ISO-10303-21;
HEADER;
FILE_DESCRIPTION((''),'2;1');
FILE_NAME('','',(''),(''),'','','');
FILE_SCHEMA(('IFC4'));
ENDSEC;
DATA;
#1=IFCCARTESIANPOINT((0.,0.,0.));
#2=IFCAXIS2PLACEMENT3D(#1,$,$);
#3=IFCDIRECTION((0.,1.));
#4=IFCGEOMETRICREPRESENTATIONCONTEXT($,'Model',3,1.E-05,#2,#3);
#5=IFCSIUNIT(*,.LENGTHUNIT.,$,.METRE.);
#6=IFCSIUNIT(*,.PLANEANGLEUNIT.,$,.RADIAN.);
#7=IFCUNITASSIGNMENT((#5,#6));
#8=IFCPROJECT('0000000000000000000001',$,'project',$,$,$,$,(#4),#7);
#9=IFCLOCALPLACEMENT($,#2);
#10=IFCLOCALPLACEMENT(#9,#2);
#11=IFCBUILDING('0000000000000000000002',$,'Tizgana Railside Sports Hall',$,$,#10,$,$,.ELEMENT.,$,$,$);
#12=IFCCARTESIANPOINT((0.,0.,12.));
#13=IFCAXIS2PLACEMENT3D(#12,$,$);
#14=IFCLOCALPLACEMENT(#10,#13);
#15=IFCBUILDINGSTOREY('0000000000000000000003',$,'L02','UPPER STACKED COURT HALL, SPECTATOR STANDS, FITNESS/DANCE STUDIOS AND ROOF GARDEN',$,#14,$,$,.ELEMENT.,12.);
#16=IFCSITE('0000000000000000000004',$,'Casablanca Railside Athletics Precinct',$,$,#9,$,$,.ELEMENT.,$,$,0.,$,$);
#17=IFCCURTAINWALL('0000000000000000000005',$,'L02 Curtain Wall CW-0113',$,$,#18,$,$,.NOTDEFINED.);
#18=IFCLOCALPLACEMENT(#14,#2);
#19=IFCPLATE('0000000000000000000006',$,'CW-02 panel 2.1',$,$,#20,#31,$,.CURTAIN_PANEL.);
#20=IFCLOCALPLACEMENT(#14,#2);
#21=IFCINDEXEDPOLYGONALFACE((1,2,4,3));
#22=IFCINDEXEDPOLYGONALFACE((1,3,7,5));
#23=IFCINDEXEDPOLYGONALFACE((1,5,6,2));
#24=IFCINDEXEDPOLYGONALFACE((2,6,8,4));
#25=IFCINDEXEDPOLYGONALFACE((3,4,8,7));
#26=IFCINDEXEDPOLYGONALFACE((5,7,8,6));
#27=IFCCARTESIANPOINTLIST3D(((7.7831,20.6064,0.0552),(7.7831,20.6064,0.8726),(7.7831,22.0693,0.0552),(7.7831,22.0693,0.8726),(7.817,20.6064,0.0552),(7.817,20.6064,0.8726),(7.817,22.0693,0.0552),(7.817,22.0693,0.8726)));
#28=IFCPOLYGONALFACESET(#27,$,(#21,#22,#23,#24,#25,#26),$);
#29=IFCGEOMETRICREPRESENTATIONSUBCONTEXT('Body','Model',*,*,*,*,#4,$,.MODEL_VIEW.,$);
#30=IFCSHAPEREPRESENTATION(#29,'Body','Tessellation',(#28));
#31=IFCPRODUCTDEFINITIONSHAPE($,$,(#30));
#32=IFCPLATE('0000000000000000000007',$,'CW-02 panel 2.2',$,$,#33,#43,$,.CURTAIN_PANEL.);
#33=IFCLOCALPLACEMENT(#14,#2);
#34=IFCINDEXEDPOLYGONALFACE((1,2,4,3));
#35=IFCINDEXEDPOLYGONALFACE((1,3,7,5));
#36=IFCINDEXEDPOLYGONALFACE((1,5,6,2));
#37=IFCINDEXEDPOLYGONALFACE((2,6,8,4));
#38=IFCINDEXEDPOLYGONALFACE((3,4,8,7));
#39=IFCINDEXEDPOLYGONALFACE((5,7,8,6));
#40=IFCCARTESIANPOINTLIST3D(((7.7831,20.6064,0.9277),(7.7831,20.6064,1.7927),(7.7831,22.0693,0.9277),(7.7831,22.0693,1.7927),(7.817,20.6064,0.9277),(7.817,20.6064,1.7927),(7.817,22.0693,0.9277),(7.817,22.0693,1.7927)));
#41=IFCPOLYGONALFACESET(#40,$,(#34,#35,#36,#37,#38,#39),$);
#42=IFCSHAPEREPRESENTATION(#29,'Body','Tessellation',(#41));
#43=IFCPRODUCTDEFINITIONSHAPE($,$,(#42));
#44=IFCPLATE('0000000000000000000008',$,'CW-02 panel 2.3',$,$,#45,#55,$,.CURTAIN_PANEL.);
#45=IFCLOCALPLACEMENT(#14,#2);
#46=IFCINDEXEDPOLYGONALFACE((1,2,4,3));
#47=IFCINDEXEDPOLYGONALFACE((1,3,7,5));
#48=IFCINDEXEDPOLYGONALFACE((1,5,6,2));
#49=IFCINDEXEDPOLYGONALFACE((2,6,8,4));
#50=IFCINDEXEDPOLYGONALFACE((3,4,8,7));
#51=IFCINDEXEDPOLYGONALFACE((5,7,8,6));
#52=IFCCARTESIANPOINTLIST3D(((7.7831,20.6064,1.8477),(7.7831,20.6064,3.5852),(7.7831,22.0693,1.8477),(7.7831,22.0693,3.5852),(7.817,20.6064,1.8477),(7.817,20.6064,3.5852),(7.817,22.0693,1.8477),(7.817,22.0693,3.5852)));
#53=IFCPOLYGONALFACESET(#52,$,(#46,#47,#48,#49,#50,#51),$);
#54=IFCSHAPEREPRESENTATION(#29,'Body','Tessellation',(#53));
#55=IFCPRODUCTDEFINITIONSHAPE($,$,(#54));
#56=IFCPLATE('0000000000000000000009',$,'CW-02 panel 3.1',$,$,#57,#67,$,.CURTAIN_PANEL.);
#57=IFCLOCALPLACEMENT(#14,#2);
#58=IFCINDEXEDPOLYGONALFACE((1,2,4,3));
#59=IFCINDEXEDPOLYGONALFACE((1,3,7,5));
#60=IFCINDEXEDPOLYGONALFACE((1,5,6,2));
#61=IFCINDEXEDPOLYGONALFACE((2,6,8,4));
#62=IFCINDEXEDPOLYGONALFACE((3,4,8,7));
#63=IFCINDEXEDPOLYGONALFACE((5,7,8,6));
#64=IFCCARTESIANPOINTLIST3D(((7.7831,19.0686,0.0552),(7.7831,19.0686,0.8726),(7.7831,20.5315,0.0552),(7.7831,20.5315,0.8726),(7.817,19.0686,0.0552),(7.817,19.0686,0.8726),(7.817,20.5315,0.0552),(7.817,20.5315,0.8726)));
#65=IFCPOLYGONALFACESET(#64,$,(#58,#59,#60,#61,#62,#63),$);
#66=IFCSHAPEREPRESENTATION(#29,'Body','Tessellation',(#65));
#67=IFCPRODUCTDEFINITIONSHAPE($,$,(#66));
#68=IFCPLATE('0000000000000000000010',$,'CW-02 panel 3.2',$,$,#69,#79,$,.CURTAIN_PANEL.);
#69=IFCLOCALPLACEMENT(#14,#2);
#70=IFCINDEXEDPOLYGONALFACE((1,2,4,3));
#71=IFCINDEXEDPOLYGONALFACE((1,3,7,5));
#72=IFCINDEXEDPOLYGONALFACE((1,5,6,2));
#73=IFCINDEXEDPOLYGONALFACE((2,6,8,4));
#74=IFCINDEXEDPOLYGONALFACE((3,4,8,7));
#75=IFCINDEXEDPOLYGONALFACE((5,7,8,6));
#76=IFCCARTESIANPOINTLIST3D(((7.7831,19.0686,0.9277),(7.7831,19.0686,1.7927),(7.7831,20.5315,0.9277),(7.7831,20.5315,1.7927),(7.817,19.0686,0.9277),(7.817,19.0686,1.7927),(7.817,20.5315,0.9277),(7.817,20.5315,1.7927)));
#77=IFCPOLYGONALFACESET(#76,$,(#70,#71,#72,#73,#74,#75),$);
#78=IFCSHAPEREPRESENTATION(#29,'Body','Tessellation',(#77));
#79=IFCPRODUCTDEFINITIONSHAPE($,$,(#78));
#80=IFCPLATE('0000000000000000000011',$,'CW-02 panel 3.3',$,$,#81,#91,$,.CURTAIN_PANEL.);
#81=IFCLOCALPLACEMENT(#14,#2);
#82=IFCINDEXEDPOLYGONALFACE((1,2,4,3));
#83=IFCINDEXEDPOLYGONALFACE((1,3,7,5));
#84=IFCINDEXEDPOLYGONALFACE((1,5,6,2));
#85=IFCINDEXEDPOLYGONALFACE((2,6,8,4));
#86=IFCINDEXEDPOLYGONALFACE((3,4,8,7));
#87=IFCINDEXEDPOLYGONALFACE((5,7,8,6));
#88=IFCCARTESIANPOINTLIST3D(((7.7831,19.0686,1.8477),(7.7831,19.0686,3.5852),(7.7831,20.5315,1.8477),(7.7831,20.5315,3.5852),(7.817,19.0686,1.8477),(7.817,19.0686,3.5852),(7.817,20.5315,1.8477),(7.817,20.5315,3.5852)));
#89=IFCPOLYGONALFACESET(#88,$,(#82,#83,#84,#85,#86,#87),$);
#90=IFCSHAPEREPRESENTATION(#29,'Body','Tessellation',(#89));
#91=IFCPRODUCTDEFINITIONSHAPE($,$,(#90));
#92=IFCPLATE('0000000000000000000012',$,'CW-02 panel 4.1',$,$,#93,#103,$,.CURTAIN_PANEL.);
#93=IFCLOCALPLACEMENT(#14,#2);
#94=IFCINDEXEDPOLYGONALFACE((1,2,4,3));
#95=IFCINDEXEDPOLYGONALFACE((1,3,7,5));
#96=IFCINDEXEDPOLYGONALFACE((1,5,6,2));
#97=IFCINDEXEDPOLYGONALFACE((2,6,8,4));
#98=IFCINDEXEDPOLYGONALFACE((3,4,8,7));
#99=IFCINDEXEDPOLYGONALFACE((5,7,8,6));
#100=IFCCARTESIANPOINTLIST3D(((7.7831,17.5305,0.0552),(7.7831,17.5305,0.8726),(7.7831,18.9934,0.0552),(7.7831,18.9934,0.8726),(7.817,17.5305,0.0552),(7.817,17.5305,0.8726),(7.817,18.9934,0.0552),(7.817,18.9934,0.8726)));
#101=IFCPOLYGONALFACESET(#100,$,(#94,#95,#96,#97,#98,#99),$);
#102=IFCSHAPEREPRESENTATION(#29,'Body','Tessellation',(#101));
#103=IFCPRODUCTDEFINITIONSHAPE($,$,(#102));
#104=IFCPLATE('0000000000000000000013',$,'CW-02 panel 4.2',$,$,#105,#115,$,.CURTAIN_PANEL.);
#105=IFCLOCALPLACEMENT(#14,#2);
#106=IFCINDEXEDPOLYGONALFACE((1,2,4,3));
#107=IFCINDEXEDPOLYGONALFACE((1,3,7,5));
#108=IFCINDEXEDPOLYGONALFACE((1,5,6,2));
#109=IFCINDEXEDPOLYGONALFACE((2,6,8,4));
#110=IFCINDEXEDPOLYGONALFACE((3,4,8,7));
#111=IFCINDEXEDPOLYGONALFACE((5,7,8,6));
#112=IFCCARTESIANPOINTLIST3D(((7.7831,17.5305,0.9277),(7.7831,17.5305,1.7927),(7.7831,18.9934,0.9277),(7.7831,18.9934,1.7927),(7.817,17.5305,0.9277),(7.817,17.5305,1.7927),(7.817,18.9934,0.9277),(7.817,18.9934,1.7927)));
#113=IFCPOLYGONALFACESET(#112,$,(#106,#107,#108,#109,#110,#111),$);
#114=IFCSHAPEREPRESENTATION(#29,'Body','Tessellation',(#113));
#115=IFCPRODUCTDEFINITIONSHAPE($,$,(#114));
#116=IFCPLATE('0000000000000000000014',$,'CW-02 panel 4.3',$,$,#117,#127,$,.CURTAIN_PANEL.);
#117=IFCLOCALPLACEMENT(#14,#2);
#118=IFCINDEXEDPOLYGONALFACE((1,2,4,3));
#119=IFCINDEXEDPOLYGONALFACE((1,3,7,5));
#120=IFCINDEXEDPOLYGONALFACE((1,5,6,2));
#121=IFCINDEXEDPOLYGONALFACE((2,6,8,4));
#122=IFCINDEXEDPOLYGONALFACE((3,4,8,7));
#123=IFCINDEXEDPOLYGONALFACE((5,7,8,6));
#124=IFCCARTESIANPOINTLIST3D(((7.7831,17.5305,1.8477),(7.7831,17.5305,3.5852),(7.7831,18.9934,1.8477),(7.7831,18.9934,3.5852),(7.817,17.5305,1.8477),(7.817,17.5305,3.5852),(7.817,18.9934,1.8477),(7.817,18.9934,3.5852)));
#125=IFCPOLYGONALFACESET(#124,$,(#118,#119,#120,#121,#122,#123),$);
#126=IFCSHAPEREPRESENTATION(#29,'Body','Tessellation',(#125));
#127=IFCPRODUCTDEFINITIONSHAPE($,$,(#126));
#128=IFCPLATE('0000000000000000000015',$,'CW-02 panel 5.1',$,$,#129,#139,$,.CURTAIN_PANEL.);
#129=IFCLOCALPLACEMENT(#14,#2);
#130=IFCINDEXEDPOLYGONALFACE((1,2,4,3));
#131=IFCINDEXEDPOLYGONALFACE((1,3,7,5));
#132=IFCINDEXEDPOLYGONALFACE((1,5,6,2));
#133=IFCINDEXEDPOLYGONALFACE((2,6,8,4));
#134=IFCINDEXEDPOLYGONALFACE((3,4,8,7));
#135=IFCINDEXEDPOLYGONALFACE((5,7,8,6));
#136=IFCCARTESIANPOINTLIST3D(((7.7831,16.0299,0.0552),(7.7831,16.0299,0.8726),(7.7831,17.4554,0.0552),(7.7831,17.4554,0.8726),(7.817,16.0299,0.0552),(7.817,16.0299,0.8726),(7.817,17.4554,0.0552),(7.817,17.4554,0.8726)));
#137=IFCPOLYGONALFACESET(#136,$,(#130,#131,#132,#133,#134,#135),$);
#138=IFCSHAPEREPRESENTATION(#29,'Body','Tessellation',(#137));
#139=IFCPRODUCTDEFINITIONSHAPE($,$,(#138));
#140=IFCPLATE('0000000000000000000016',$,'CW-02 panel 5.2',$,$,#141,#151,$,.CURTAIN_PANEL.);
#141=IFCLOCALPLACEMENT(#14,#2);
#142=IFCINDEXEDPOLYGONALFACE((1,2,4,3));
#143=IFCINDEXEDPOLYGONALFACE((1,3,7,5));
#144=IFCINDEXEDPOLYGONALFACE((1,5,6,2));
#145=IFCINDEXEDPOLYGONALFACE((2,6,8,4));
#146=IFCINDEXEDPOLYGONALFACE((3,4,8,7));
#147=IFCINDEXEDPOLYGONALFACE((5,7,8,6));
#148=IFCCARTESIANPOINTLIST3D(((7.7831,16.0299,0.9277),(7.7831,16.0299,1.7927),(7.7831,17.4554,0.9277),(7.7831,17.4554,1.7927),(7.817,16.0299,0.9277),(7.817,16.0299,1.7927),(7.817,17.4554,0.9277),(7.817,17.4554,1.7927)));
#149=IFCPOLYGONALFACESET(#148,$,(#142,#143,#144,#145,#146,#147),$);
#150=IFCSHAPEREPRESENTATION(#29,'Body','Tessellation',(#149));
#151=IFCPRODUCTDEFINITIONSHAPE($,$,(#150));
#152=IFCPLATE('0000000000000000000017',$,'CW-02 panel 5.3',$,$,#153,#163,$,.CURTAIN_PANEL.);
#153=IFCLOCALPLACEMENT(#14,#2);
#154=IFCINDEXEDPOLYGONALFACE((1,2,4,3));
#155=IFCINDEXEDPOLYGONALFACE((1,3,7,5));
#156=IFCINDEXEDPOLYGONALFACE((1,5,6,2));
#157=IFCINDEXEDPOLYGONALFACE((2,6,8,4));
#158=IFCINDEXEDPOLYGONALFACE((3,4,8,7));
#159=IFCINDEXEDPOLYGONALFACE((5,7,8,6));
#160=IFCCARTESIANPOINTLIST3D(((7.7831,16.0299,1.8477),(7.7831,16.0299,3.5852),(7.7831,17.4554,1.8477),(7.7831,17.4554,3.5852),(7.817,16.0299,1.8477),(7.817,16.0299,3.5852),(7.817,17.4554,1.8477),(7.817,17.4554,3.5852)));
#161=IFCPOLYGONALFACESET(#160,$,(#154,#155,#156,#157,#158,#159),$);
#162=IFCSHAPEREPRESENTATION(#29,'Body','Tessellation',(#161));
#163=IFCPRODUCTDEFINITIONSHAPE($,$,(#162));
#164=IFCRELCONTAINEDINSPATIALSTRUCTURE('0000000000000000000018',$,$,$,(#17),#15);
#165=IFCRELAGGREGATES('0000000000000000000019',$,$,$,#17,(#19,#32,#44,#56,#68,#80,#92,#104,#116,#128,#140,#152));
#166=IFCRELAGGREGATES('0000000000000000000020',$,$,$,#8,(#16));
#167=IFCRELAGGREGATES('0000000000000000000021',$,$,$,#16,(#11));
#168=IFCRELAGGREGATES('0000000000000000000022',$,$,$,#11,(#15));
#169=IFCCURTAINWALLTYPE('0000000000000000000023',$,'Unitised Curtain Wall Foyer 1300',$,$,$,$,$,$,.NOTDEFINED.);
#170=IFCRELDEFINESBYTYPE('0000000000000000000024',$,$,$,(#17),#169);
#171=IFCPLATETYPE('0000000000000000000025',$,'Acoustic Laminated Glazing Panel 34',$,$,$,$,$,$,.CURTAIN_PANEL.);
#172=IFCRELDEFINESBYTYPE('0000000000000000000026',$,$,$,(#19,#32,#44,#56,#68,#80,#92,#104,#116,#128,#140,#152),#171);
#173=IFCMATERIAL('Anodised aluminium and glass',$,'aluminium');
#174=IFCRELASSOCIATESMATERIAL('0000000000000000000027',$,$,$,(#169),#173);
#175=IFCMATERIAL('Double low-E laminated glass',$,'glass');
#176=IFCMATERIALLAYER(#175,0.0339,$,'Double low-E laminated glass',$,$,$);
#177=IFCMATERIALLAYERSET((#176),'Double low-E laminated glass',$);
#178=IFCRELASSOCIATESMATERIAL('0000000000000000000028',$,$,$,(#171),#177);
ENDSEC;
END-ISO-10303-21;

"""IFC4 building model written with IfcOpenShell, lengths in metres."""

from ifc_helpers import new_model, si_unit, direction, frame, origin, origin_2d, place, context, subcontext, project, spatial, rectangle, extrude, material, layer, layer_set, type_object, element, aggregate, save


model = new_model("IFC4")

# Units and contexts
model_context = context("Model", 3, precision=1e-05, world=origin(), true_north=direction((0.0, 1.0)))
body_context = subcontext(model_context, "Body", "Model", "MODEL_VIEW")
ifc_project = project(units=[si_unit("LENGTHUNIT", "METRE"), si_unit("PLANEANGLEUNIT", "RADIAN")], contexts=[model_context])

# Site, building, storey
site_placement = place(None, origin())
site = spatial("IfcSite", under=ifc_project, at=site_placement, Name="Casablanca Railside Athletics Precinct", CompositionType="ELEMENT", RefElevation=0.0)
building_placement = place(site_placement, origin())
building = spatial("IfcBuilding", under=site, at=building_placement, Name="Tizgana Railside Sports Hall", CompositionType="ELEMENT")
storey_placement = place(building_placement, frame((0.0, 0.0, 12.0)))
storey = spatial("IfcBuildingStorey", under=building, at=storey_placement, Name="L02", Description="UPPER STACKED COURT HALL, SPECTATOR STANDS, FITNESS/DANCE STUDIOS AND ROOF GARDEN", CompositionType="ELEMENT", Elevation=12.0)

# Curtain wall
ifc_material_1 = material(Name="Anodised aluminium and glass", Category="aluminium")
curtain_wall_type = type_object("IfcCurtainWallType", Name="Unitised Curtain Wall Foyer 1300", PredefinedType="NOTDEFINED", material=ifc_material_1)
curtain_wall_placement = place(storey_placement, origin())
curtain_wall = element("IfcCurtainWall", 1, at=curtain_wall_placement, inside=storey, type_object=curtain_wall_type, Name="L02 Curtain Wall CW-0113", PredefinedType="NOTDEFINED")

# Plates
ifc_material_2 = material(Name="Double low-E laminated glass", Category="glass")
ifc_layer = layer(ifc_material_2, 0.0339, Name="Double low-E laminated glass")
ifc_layer_set = layer_set([ifc_layer], Name="Double low-E laminated glass")
plate_type = type_object("IfcPlateType", Name="Acoustic Laminated Glazing Panel 34", PredefinedType="CURTAIN_PANEL", material=ifc_layer_set)
plate_1_placement = place(storey_placement, frame((7.8, 21.3379, 0.0552), z_axis=(0.0, 0.0, 1.0), x_axis=(0.0, -1.0, 0.0)))
plate_1 = element("IfcPlate", 2, at=plate_1_placement, type_object=plate_type, Name="CW-02 panel 2.1", PredefinedType="CURTAIN_PANEL", context=body_context, shape_type="SweptSolid", body=[
    extrude(rectangle(XDim=1.4629, YDim=0.0339, at=origin_2d()), origin(), (0.0, 0.0, 1.0), 0.8174),
])
plate_2_placement = place(storey_placement, frame((7.8, 21.3379, 0.9277), z_axis=(0.0, 0.0, 1.0), x_axis=(0.0, -1.0, 0.0)))
plate_2 = element("IfcPlate", 3, at=plate_2_placement, type_object=plate_type, Name="CW-02 panel 2.2", PredefinedType="CURTAIN_PANEL", context=body_context, shape_type="SweptSolid", body=[
    extrude(rectangle(XDim=1.4629, YDim=0.0339, at=origin_2d()), origin(), (0.0, 0.0, 1.0), 0.865),
])
plate_3_placement = place(storey_placement, frame((7.8, 21.3379, 1.8477), z_axis=(0.0, 0.0, 1.0), x_axis=(0.0, -1.0, 0.0)))
plate_3 = element("IfcPlate", 4, at=plate_3_placement, type_object=plate_type, Name="CW-02 panel 2.3", PredefinedType="CURTAIN_PANEL", context=body_context, shape_type="SweptSolid", body=[
    extrude(rectangle(XDim=1.4629, YDim=0.0339, at=origin_2d()), origin(), (0.0, 0.0, 1.0), 1.7375),
])
plate_4_placement = place(storey_placement, frame((7.8, 19.8, 0.0552), z_axis=(0.0, 0.0, 1.0), x_axis=(0.0, -1.0, 0.0)))
plate_4 = element("IfcPlate", 5, at=plate_4_placement, type_object=plate_type, Name="CW-02 panel 3.1", PredefinedType="CURTAIN_PANEL", context=body_context, shape_type="SweptSolid", body=[
    extrude(rectangle(XDim=1.4629, YDim=0.0339, at=origin_2d()), origin(), (0.0, 0.0, 1.0), 0.8174),
])
plate_5_placement = place(storey_placement, frame((7.8, 19.8, 0.9277), z_axis=(0.0, 0.0, 1.0), x_axis=(0.0, -1.0, 0.0)))
plate_5 = element("IfcPlate", 6, at=plate_5_placement, type_object=plate_type, Name="CW-02 panel 3.2", PredefinedType="CURTAIN_PANEL", context=body_context, shape_type="SweptSolid", body=[
    extrude(rectangle(XDim=1.4629, YDim=0.0339, at=origin_2d()), origin(), (0.0, 0.0, 1.0), 0.865),
])
plate_6_placement = place(storey_placement, frame((7.8, 19.8, 1.8477), z_axis=(0.0, 0.0, 1.0), x_axis=(0.0, -1.0, 0.0)))
plate_6 = element("IfcPlate", 7, at=plate_6_placement, type_object=plate_type, Name="CW-02 panel 3.3", PredefinedType="CURTAIN_PANEL", context=body_context, shape_type="SweptSolid", body=[
    extrude(rectangle(XDim=1.4629, YDim=0.0339, at=origin_2d()), origin(), (0.0, 0.0, 1.0), 1.7375),
])
plate_7_placement = place(storey_placement, frame((7.8, 18.262, 0.0552), z_axis=(0.0, 0.0, 1.0), x_axis=(0.0, -1.0, 0.0)))
plate_7 = element("IfcPlate", 8, at=plate_7_placement, type_object=plate_type, Name="CW-02 panel 4.1", PredefinedType="CURTAIN_PANEL", context=body_context, shape_type="SweptSolid", body=[
    extrude(rectangle(XDim=1.4629, YDim=0.0339, at=origin_2d()), origin(), (0.0, 0.0, 1.0), 0.8174),
])
plate_8_placement = place(storey_placement, frame((7.8, 18.262, 0.9277), z_axis=(0.0, 0.0, 1.0), x_axis=(0.0, -1.0, 0.0)))
plate_8 = element("IfcPlate", 9, at=plate_8_placement, type_object=plate_type, Name="CW-02 panel 4.2", PredefinedType="CURTAIN_PANEL", context=body_context, shape_type="SweptSolid", body=[
    extrude(rectangle(XDim=1.4629, YDim=0.0339, at=origin_2d()), origin(), (0.0, 0.0, 1.0), 0.865),
])
plate_9_placement = place(storey_placement, frame((7.8, 18.262, 1.8477), z_axis=(0.0, 0.0, 1.0), x_axis=(0.0, -1.0, 0.0)))
plate_9 = element("IfcPlate", 10, at=plate_9_placement, type_object=plate_type, Name="CW-02 panel 4.3", PredefinedType="CURTAIN_PANEL", context=body_context, shape_type="SweptSolid", body=[
    extrude(rectangle(XDim=1.4629, YDim=0.0339, at=origin_2d()), origin(), (0.0, 0.0, 1.0), 1.7375),
])
plate_10_placement = place(storey_placement, frame((7.8, 16.7427, 0.0552), z_axis=(0.0, 0.0, 1.0), x_axis=(0.0, -1.0, 0.0)))
plate_10 = element("IfcPlate", 11, at=plate_10_placement, type_object=plate_type, Name="CW-02 panel 5.1", PredefinedType="CURTAIN_PANEL", context=body_context, shape_type="SweptSolid", body=[
    extrude(rectangle(XDim=1.4255, YDim=0.0339, at=origin_2d()), origin(), (0.0, 0.0, 1.0), 0.8174),
])
plate_11_placement = place(storey_placement, frame((7.8, 16.7427, 0.9277), z_axis=(0.0, 0.0, 1.0), x_axis=(0.0, -1.0, 0.0)))
plate_11 = element("IfcPlate", 12, at=plate_11_placement, type_object=plate_type, Name="CW-02 panel 5.2", PredefinedType="CURTAIN_PANEL", context=body_context, shape_type="SweptSolid", body=[
    extrude(rectangle(XDim=1.4255, YDim=0.0339, at=origin_2d()), origin(), (0.0, 0.0, 1.0), 0.865),
])
plate_12_placement = place(storey_placement, frame((7.8, 16.7427, 1.8477), z_axis=(0.0, 0.0, 1.0), x_axis=(0.0, -1.0, 0.0)))
plate_12 = element("IfcPlate", 13, at=plate_12_placement, type_object=plate_type, Name="CW-02 panel 5.3", PredefinedType="CURTAIN_PANEL", context=body_context, shape_type="SweptSolid", body=[
    extrude(rectangle(XDim=1.4255, YDim=0.0339, at=origin_2d()), origin(), (0.0, 0.0, 1.0), 1.7375),
])
aggregate(curtain_wall, [plate_1, plate_2, plate_3, plate_4, plate_5, plate_6, plate_7, plate_8, plate_9, plate_10, plate_11, plate_12])

save(model, "model.ifc")
